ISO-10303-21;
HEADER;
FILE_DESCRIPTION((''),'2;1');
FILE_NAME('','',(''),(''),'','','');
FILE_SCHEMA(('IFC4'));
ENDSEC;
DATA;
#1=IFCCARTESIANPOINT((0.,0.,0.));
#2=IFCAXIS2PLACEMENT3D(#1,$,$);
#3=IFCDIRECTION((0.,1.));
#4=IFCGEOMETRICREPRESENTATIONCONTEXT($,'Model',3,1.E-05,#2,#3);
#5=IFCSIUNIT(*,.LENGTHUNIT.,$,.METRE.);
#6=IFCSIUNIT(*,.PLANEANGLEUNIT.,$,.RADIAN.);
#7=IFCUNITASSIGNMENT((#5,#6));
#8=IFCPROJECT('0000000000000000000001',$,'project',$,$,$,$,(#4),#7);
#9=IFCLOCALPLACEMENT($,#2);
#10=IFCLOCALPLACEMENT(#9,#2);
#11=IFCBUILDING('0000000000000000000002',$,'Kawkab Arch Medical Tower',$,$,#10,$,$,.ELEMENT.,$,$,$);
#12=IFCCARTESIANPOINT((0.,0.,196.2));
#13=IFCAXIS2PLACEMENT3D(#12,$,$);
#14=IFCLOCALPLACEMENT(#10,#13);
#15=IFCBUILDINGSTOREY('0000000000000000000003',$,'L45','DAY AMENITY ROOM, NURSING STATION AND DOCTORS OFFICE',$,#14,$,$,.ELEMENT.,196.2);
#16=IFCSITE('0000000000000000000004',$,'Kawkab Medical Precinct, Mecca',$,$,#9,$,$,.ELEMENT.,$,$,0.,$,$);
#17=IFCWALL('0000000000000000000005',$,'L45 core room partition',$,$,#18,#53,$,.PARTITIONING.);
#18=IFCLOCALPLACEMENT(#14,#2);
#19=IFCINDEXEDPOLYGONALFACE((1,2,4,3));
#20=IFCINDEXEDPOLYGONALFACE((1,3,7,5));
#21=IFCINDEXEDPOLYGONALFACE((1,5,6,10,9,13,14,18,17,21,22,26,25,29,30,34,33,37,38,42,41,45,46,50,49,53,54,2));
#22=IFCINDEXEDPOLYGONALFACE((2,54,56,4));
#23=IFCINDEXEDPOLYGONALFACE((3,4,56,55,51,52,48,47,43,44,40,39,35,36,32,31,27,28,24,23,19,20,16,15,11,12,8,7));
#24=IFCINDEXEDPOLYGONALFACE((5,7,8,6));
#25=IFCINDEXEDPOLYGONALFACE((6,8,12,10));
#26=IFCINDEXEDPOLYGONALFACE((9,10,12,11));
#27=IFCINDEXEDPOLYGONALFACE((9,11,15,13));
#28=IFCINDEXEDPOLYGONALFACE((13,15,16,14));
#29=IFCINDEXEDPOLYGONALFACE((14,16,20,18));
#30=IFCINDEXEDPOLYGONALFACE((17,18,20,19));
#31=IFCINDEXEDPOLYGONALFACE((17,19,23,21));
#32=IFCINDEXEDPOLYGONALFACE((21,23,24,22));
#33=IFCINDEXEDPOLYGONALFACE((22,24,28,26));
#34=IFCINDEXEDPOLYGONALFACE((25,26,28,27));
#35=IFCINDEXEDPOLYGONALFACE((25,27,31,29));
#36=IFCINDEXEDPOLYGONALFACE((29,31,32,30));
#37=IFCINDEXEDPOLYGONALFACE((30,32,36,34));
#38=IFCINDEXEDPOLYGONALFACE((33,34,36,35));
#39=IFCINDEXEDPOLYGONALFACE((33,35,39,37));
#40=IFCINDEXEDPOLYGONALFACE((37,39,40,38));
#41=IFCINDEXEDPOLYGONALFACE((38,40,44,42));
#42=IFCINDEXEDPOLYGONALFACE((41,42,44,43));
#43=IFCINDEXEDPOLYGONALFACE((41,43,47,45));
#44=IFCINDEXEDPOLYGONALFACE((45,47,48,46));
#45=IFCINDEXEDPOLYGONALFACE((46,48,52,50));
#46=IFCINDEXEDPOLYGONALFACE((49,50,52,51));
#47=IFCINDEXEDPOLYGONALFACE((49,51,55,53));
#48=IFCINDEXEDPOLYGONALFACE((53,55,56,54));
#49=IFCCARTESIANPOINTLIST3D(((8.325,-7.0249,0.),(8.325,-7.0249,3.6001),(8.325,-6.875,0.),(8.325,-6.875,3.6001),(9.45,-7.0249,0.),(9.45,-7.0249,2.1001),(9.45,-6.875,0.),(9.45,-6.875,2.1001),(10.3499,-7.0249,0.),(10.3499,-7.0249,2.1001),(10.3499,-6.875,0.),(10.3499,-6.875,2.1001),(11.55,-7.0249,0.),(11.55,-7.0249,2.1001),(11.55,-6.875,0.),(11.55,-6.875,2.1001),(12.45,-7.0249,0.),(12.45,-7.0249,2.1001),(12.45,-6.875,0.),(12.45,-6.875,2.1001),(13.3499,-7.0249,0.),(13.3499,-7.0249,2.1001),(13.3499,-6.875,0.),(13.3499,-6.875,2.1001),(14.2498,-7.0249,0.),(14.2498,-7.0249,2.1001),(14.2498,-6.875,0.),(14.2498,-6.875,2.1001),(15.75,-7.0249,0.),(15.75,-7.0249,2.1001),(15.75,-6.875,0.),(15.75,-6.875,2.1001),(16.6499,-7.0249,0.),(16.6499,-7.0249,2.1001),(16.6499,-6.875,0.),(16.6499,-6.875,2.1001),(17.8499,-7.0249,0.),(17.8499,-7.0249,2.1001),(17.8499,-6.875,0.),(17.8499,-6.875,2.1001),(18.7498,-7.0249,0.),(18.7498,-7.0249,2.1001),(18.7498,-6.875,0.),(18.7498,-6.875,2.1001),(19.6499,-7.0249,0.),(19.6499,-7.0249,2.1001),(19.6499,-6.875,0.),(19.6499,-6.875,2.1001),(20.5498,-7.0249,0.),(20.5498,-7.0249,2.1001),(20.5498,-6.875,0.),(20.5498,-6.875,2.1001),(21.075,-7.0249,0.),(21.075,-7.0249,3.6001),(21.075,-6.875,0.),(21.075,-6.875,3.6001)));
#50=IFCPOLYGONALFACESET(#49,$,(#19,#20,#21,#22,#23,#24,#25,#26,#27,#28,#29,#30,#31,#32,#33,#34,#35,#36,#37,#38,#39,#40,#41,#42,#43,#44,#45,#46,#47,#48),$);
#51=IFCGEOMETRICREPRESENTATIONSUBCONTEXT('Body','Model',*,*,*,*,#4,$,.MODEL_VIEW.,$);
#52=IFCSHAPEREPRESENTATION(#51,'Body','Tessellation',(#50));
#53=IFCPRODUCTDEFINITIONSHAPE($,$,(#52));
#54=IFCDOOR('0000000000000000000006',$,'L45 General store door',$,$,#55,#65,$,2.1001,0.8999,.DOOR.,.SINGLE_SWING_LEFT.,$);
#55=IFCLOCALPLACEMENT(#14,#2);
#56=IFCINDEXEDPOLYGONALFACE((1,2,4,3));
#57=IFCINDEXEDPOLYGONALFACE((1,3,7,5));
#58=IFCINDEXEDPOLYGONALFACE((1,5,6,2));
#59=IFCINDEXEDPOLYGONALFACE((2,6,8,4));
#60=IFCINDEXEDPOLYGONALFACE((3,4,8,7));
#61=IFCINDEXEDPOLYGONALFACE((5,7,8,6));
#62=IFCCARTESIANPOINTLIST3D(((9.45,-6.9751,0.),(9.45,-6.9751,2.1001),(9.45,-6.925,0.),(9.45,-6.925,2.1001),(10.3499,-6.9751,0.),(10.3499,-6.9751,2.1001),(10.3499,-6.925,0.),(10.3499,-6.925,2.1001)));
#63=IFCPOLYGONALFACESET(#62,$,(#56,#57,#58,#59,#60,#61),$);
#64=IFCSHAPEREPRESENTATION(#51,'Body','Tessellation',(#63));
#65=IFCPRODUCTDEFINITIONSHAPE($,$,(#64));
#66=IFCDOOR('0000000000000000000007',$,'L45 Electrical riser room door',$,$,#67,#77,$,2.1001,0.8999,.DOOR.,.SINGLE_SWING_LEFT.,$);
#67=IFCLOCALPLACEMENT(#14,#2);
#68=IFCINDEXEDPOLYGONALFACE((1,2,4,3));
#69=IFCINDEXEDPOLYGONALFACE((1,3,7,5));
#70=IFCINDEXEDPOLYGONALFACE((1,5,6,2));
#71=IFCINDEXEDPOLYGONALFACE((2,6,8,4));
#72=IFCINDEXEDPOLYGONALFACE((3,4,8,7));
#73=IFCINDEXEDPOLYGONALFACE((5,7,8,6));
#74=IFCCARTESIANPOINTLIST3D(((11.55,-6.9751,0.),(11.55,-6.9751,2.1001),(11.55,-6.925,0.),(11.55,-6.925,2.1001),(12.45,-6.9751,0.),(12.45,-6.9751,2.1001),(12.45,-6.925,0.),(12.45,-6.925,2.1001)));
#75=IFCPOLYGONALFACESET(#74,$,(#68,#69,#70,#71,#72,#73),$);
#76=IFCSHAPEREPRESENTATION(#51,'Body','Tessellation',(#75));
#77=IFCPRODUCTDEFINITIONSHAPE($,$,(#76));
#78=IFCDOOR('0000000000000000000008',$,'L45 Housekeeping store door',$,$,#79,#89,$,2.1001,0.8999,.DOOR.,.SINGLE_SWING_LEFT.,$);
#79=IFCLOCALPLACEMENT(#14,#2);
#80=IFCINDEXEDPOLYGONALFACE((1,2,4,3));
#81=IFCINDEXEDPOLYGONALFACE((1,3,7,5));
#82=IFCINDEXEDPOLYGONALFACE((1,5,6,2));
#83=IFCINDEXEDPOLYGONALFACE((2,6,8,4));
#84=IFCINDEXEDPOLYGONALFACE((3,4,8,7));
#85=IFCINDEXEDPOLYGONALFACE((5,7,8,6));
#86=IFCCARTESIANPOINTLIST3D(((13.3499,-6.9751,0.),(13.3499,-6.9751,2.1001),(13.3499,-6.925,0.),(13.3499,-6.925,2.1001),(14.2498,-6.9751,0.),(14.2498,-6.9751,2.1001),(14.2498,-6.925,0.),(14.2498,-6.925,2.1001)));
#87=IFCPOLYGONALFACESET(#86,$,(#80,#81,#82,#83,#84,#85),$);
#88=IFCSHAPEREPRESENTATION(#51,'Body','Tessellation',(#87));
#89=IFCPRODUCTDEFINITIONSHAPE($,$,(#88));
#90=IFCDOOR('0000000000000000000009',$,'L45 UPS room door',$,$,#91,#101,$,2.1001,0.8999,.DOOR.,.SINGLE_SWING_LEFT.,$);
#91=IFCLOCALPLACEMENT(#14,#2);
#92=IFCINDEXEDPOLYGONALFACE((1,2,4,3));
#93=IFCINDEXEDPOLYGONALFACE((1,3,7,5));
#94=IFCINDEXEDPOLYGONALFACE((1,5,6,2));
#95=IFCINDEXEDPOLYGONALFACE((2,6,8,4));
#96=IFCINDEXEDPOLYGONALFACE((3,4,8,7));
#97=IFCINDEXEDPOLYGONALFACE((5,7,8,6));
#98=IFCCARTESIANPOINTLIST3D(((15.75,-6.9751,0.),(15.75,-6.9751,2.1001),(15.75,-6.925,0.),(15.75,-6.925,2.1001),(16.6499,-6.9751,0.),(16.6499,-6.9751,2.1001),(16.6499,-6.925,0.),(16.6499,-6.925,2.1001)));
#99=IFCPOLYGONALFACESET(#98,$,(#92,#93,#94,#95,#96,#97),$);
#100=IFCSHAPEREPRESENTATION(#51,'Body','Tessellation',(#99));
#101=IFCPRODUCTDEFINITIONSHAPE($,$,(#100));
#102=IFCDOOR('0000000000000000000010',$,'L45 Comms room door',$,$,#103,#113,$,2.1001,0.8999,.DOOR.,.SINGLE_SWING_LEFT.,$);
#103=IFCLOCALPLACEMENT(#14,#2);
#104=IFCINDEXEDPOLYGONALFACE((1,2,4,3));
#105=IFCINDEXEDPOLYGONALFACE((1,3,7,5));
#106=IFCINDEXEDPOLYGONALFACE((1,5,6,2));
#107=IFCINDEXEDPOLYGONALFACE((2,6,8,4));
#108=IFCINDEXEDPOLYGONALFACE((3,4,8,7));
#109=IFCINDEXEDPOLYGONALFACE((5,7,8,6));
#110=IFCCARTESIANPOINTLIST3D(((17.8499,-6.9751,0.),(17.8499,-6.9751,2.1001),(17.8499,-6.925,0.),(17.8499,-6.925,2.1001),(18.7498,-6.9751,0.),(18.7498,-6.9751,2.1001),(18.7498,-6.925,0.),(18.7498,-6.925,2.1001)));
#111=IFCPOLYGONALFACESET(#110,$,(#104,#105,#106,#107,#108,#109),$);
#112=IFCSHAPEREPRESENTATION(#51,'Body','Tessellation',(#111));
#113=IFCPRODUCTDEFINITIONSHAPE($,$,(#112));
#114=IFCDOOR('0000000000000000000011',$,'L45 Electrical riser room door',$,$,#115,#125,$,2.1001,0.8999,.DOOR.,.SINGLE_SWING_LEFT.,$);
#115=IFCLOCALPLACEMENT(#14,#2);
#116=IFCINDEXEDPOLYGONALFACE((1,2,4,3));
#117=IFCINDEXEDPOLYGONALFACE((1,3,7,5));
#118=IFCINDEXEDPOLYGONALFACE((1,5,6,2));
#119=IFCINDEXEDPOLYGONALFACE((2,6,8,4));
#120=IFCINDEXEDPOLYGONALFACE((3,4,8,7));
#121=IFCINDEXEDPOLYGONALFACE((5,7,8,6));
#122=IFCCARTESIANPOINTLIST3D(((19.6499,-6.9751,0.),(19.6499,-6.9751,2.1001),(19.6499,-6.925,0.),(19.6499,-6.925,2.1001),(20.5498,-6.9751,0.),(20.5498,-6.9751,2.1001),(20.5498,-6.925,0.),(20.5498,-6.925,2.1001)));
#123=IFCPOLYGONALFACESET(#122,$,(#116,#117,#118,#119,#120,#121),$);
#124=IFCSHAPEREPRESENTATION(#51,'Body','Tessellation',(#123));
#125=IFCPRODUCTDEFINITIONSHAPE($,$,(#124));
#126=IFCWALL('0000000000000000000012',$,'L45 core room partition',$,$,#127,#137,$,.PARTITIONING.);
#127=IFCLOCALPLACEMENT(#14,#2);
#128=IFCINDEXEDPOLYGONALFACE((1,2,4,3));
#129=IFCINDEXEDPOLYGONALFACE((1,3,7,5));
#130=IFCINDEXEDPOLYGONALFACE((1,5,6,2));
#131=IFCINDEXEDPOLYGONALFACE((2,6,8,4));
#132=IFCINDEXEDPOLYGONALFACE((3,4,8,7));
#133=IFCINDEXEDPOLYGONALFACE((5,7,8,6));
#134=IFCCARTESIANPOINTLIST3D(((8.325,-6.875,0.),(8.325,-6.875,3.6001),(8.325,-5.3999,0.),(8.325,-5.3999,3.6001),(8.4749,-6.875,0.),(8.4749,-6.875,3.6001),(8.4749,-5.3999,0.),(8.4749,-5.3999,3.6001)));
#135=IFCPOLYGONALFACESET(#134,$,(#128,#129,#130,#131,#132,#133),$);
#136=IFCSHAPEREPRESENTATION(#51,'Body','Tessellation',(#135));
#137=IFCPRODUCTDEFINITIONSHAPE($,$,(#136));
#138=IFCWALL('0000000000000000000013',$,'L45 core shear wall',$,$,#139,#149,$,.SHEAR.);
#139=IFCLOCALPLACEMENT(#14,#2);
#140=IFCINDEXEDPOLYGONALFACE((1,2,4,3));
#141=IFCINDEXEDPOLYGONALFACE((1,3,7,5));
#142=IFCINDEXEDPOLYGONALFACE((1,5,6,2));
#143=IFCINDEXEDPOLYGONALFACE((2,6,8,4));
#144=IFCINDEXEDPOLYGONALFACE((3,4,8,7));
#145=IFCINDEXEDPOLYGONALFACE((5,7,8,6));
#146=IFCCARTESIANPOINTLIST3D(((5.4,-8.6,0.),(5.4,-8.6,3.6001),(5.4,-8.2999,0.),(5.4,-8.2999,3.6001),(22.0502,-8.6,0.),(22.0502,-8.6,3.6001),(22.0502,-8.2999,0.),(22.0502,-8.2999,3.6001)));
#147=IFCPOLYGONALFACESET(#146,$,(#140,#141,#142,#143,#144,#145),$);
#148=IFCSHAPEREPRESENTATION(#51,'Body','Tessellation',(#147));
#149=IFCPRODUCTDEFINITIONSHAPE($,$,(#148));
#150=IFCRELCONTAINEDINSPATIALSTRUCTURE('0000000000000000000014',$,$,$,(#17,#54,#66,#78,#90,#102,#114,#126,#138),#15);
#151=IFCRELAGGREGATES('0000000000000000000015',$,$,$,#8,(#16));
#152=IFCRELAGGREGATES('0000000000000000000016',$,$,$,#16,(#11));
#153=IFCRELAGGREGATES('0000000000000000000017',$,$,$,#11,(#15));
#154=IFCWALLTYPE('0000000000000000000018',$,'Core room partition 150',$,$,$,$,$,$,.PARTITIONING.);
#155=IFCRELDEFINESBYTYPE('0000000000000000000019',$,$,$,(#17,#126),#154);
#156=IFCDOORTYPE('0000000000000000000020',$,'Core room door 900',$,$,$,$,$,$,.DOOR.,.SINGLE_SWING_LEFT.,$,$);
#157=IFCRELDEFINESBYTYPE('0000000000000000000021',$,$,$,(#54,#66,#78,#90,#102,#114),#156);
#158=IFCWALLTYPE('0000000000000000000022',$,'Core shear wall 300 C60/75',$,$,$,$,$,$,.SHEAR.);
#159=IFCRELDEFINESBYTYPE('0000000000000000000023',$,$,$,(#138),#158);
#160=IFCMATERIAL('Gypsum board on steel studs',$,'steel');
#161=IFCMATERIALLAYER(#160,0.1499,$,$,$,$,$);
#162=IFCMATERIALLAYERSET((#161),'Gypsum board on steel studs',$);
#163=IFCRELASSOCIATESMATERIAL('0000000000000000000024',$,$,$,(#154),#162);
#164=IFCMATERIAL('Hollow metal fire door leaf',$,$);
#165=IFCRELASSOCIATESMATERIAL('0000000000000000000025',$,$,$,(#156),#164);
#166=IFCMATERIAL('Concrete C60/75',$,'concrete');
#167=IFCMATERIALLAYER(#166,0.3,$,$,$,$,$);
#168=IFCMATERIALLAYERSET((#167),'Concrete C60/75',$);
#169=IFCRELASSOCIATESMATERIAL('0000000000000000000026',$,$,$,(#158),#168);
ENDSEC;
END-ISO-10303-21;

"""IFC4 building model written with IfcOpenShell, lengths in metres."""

from ifc_helpers import new_model, si_unit, direction, frame, frame_2d, origin, place, context, subcontext, project, spatial, rectangle, extrude, material, layer, layer_set, type_object, element, fill, save


model = new_model("IFC4")

# Units and contexts
model_context = context("Model", 3, precision=1e-05, world=origin(), true_north=direction((0.0, 1.0)))
body_context = subcontext(model_context, "Body", "Model", "MODEL_VIEW")
ifc_project = project(units=[si_unit("LENGTHUNIT", "METRE"), si_unit("PLANEANGLEUNIT", "RADIAN")], contexts=[model_context])

# Site, building, storey
site_placement = place(None, origin())
site = spatial("IfcSite", under=ifc_project, at=site_placement, Name="Kawkab Medical Precinct, Mecca", CompositionType="ELEMENT", RefElevation=0.0)
building_placement = place(site_placement, origin())
building = spatial("IfcBuilding", under=site, at=building_placement, Name="Kawkab Arch Medical Tower", CompositionType="ELEMENT")
storey_placement = place(building_placement, frame((0.0, 0.0, 196.2)))
storey = spatial("IfcBuildingStorey", under=building, at=storey_placement, Name="L45", Description="DAY AMENITY ROOM, NURSING STATION AND DOCTORS OFFICE", CompositionType="ELEMENT", Elevation=196.2)

# Wall, openings, doors
ifc_material_1 = material(Name="Gypsum board on steel studs", Category="steel")
ifc_layer_1 = layer(ifc_material_1, 0.1499)
ifc_layer_set_1 = layer_set([ifc_layer_1], Name="Gypsum board on steel studs")
wall_type_1 = type_object("IfcWallType", Name="Core room partition 150", PredefinedType="PARTITIONING", material=ifc_layer_set_1)
wall_1_placement = place(storey_placement, frame((8.325, -6.95, 0.0), z_axis=(0.0, 0.0, 1.0), x_axis=(1.0, 0.0, 0.0)))
wall_1 = element("IfcWall", 1, at=wall_1_placement, inside=storey, type_object=wall_type_1, Name="L45 core room partition", PredefinedType="PARTITIONING", context=body_context, shape_type="SweptSolid", body=[
    extrude(rectangle(XDim=12.75, YDim=0.1499, at=frame_2d((6.375, 0.0))), origin(), (0.0, 0.0, 1.0), 3.6001),
])
opening_1_placement = place(wall_1_placement, frame((1.125, 0.0, 0.0)))
opening_1 = element("IfcOpeningElement", 2, at=opening_1_placement, cuts=wall_1, PredefinedType="OPENING", context=body_context, shape_type="SweptSolid", body=[
    extrude(rectangle(XDim=0.8999, YDim=2.1001, at=frame_2d((0.45, 1.05))), frame((0.0, 0.085, 0.0), z_axis=(0.0, -1.0, 0.0), x_axis=(1.0, 0.0, 0.0)), (0.0, 0.0, 1.0), 0.1699),
])
opening_2_placement = place(wall_1_placement, frame((3.2251, 0.0, 0.0)))
opening_2 = element("IfcOpeningElement", 3, at=opening_2_placement, cuts=wall_1, PredefinedType="OPENING", context=body_context, shape_type="SweptSolid", body=[
    extrude(rectangle(XDim=0.8999, YDim=2.1001, at=frame_2d((0.45, 1.05))), frame((0.0, 0.085, 0.0), z_axis=(0.0, -1.0, 0.0), x_axis=(1.0, 0.0, 0.0)), (0.0, 0.0, 1.0), 0.1699),
])
opening_3_placement = place(wall_1_placement, frame((5.0249, 0.0, 0.0)))
opening_3 = element("IfcOpeningElement", 4, at=opening_3_placement, cuts=wall_1, PredefinedType="OPENING", context=body_context, shape_type="SweptSolid", body=[
    extrude(rectangle(XDim=0.8999, YDim=2.1001, at=frame_2d((0.45, 1.05))), frame((0.0, 0.085, 0.0), z_axis=(0.0, -1.0, 0.0), x_axis=(1.0, 0.0, 0.0)), (0.0, 0.0, 1.0), 0.1699),
])
opening_4_placement = place(wall_1_placement, frame((7.425, 0.0, 0.0)))
opening_4 = element("IfcOpeningElement", 5, at=opening_4_placement, cuts=wall_1, PredefinedType="OPENING", context=body_context, shape_type="SweptSolid", body=[
    extrude(rectangle(XDim=0.8999, YDim=2.1001, at=frame_2d((0.45, 1.05))), frame((0.0, 0.085, 0.0), z_axis=(0.0, -1.0, 0.0), x_axis=(1.0, 0.0, 0.0)), (0.0, 0.0, 1.0), 0.1699),
])
opening_5_placement = place(wall_1_placement, frame((9.5249, 0.0, 0.0)))
opening_5 = element("IfcOpeningElement", 6, at=opening_5_placement, cuts=wall_1, PredefinedType="OPENING", context=body_context, shape_type="SweptSolid", body=[
    extrude(rectangle(XDim=0.8999, YDim=2.1001, at=frame_2d((0.45, 1.05))), frame((0.0, 0.085, 0.0), z_axis=(0.0, -1.0, 0.0), x_axis=(1.0, 0.0, 0.0)), (0.0, 0.0, 1.0), 0.1699),
])
opening_6_placement = place(wall_1_placement, frame((11.325, 0.0, 0.0)))
opening_6 = element("IfcOpeningElement", 7, at=opening_6_placement, cuts=wall_1, PredefinedType="OPENING", context=body_context, shape_type="SweptSolid", body=[
    extrude(rectangle(XDim=0.8999, YDim=2.1001, at=frame_2d((0.45, 1.05))), frame((0.0, 0.085, 0.0), z_axis=(0.0, -1.0, 0.0), x_axis=(1.0, 0.0, 0.0)), (0.0, 0.0, 1.0), 0.1699),
])
ifc_material_2 = material(Name="Hollow metal fire door leaf")
door_type_1 = type_object("IfcDoorType", Name="Core room door 900", OperationType="SINGLE_SWING_LEFT", PredefinedType="DOOR", material=ifc_material_2)
door_1_placement = place(opening_1_placement, origin())
door_1 = element("IfcDoor", 8, at=door_1_placement, inside=storey, type_object=door_type_1, Name="L45 General store door", OperationType="SINGLE_SWING_LEFT", OverallHeight=2.1001, OverallWidth=0.8999, PredefinedType="DOOR", context=body_context, shape_type="SweptSolid", body=[
    extrude(rectangle(XDim=0.8999, YDim=2.1001, at=frame_2d((0.45, 1.05))), frame((0.0, 0.0249, 0.0), z_axis=(0.0, -1.0, 0.0), x_axis=(1.0, 0.0, 0.0)), (0.0, 0.0, 1.0), 0.05),
])
fill(opening_1, door_1)
door_2_placement = place(opening_2_placement, origin())
door_2 = element("IfcDoor", 9, at=door_2_placement, inside=storey, type_object=door_type_1, Name="L45 Electrical riser room door", OperationType="SINGLE_SWING_LEFT", OverallHeight=2.1001, OverallWidth=0.8999, PredefinedType="DOOR", context=body_context, shape_type="SweptSolid", body=[
    extrude(rectangle(XDim=0.8999, YDim=2.1001, at=frame_2d((0.45, 1.05))), frame((0.0, 0.0249, 0.0), z_axis=(0.0, -1.0, 0.0), x_axis=(1.0, 0.0, 0.0)), (0.0, 0.0, 1.0), 0.05),
])
fill(opening_2, door_2)
door_3_placement = place(opening_3_placement, origin())
door_3 = element("IfcDoor", 10, at=door_3_placement, inside=storey, type_object=door_type_1, Name="L45 Housekeeping store door", OperationType="SINGLE_SWING_LEFT", OverallHeight=2.1001, OverallWidth=0.8999, PredefinedType="DOOR", context=body_context, shape_type="SweptSolid", body=[
    extrude(rectangle(XDim=0.8999, YDim=2.1001, at=frame_2d((0.45, 1.05))), frame((0.0, 0.0249, 0.0), z_axis=(0.0, -1.0, 0.0), x_axis=(1.0, 0.0, 0.0)), (0.0, 0.0, 1.0), 0.05),
])
fill(opening_3, door_3)
door_4_placement = place(opening_4_placement, origin())
door_4 = element("IfcDoor", 11, at=door_4_placement, inside=storey, type_object=door_type_1, Name="L45 UPS room door", OperationType="SINGLE_SWING_LEFT", OverallHeight=2.1001, OverallWidth=0.8999, PredefinedType="DOOR", context=body_context, shape_type="SweptSolid", body=[
    extrude(rectangle(XDim=0.8999, YDim=2.1001, at=frame_2d((0.45, 1.05))), frame((0.0, 0.0249, 0.0), z_axis=(0.0, -1.0, 0.0), x_axis=(1.0, 0.0, 0.0)), (0.0, 0.0, 1.0), 0.05),
])
fill(opening_4, door_4)
door_5_placement = place(opening_5_placement, origin())
door_5 = element("IfcDoor", 12, at=door_5_placement, inside=storey, type_object=door_type_1, Name="L45 Comms room door", OperationType="SINGLE_SWING_LEFT", OverallHeight=2.1001, OverallWidth=0.8999, PredefinedType="DOOR", context=body_context, shape_type="SweptSolid", body=[
    extrude(rectangle(XDim=0.8999, YDim=2.1001, at=frame_2d((0.45, 1.05))), frame((0.0, 0.0249, 0.0), z_axis=(0.0, -1.0, 0.0), x_axis=(1.0, 0.0, 0.0)), (0.0, 0.0, 1.0), 0.05),
])
fill(opening_5, door_5)
door_6_placement = place(opening_6_placement, origin())
door_6 = element("IfcDoor", 13, at=door_6_placement, inside=storey, type_object=door_type_1, Name="L45 Electrical riser room door", OperationType="SINGLE_SWING_LEFT", OverallHeight=2.1001, OverallWidth=0.8999, PredefinedType="DOOR", context=body_context, shape_type="SweptSolid", body=[
    extrude(rectangle(XDim=0.8999, YDim=2.1001, at=frame_2d((0.45, 1.05))), frame((0.0, 0.0249, 0.0), z_axis=(0.0, -1.0, 0.0), x_axis=(1.0, 0.0, 0.0)), (0.0, 0.0, 1.0), 0.05),
])
fill(opening_6, door_6)

# Walls
wall_2_placement = place(storey_placement, frame((8.3999, -6.875, 0.0), z_axis=(0.0, 0.0, 1.0), x_axis=(0.0, 1.0, 0.0)))
element("IfcWall", 14, at=wall_2_placement, inside=storey, type_object=wall_type_1, Name="L45 core room partition", PredefinedType="PARTITIONING", context=body_context, shape_type="SweptSolid", body=[
    extrude(rectangle(XDim=1.4751, YDim=0.1499, at=frame_2d((0.7375, 0.0))), origin(), (0.0, 0.0, 1.0), 3.6001),
])
ifc_material_3 = material(Name="Concrete C60/75", Category="concrete")
ifc_layer_2 = layer(ifc_material_3, 0.3)
ifc_layer_set_2 = layer_set([ifc_layer_2], Name="Concrete C60/75")
wall_type_2 = type_object("IfcWallType", Name="Core shear wall 300 C60/75", PredefinedType="SHEAR", material=ifc_layer_set_2)
wall_3_placement = place(storey_placement, frame((5.3999, -8.45, 0.0), z_axis=(0.0, 0.0, 1.0), x_axis=(1.0, 0.0, 0.0)))
element("IfcWall", 15, at=wall_3_placement, inside=storey, type_object=wall_type_2, Name="L45 core shear wall", PredefinedType="SHEAR", context=body_context, shape_type="SweptSolid", body=[
    extrude(rectangle(XDim=16.6501, YDim=0.3, at=frame_2d((8.3252, 0.0))), origin(), (0.0, 0.0, 1.0), 3.6001),
])

save(model, "model.ifc")
